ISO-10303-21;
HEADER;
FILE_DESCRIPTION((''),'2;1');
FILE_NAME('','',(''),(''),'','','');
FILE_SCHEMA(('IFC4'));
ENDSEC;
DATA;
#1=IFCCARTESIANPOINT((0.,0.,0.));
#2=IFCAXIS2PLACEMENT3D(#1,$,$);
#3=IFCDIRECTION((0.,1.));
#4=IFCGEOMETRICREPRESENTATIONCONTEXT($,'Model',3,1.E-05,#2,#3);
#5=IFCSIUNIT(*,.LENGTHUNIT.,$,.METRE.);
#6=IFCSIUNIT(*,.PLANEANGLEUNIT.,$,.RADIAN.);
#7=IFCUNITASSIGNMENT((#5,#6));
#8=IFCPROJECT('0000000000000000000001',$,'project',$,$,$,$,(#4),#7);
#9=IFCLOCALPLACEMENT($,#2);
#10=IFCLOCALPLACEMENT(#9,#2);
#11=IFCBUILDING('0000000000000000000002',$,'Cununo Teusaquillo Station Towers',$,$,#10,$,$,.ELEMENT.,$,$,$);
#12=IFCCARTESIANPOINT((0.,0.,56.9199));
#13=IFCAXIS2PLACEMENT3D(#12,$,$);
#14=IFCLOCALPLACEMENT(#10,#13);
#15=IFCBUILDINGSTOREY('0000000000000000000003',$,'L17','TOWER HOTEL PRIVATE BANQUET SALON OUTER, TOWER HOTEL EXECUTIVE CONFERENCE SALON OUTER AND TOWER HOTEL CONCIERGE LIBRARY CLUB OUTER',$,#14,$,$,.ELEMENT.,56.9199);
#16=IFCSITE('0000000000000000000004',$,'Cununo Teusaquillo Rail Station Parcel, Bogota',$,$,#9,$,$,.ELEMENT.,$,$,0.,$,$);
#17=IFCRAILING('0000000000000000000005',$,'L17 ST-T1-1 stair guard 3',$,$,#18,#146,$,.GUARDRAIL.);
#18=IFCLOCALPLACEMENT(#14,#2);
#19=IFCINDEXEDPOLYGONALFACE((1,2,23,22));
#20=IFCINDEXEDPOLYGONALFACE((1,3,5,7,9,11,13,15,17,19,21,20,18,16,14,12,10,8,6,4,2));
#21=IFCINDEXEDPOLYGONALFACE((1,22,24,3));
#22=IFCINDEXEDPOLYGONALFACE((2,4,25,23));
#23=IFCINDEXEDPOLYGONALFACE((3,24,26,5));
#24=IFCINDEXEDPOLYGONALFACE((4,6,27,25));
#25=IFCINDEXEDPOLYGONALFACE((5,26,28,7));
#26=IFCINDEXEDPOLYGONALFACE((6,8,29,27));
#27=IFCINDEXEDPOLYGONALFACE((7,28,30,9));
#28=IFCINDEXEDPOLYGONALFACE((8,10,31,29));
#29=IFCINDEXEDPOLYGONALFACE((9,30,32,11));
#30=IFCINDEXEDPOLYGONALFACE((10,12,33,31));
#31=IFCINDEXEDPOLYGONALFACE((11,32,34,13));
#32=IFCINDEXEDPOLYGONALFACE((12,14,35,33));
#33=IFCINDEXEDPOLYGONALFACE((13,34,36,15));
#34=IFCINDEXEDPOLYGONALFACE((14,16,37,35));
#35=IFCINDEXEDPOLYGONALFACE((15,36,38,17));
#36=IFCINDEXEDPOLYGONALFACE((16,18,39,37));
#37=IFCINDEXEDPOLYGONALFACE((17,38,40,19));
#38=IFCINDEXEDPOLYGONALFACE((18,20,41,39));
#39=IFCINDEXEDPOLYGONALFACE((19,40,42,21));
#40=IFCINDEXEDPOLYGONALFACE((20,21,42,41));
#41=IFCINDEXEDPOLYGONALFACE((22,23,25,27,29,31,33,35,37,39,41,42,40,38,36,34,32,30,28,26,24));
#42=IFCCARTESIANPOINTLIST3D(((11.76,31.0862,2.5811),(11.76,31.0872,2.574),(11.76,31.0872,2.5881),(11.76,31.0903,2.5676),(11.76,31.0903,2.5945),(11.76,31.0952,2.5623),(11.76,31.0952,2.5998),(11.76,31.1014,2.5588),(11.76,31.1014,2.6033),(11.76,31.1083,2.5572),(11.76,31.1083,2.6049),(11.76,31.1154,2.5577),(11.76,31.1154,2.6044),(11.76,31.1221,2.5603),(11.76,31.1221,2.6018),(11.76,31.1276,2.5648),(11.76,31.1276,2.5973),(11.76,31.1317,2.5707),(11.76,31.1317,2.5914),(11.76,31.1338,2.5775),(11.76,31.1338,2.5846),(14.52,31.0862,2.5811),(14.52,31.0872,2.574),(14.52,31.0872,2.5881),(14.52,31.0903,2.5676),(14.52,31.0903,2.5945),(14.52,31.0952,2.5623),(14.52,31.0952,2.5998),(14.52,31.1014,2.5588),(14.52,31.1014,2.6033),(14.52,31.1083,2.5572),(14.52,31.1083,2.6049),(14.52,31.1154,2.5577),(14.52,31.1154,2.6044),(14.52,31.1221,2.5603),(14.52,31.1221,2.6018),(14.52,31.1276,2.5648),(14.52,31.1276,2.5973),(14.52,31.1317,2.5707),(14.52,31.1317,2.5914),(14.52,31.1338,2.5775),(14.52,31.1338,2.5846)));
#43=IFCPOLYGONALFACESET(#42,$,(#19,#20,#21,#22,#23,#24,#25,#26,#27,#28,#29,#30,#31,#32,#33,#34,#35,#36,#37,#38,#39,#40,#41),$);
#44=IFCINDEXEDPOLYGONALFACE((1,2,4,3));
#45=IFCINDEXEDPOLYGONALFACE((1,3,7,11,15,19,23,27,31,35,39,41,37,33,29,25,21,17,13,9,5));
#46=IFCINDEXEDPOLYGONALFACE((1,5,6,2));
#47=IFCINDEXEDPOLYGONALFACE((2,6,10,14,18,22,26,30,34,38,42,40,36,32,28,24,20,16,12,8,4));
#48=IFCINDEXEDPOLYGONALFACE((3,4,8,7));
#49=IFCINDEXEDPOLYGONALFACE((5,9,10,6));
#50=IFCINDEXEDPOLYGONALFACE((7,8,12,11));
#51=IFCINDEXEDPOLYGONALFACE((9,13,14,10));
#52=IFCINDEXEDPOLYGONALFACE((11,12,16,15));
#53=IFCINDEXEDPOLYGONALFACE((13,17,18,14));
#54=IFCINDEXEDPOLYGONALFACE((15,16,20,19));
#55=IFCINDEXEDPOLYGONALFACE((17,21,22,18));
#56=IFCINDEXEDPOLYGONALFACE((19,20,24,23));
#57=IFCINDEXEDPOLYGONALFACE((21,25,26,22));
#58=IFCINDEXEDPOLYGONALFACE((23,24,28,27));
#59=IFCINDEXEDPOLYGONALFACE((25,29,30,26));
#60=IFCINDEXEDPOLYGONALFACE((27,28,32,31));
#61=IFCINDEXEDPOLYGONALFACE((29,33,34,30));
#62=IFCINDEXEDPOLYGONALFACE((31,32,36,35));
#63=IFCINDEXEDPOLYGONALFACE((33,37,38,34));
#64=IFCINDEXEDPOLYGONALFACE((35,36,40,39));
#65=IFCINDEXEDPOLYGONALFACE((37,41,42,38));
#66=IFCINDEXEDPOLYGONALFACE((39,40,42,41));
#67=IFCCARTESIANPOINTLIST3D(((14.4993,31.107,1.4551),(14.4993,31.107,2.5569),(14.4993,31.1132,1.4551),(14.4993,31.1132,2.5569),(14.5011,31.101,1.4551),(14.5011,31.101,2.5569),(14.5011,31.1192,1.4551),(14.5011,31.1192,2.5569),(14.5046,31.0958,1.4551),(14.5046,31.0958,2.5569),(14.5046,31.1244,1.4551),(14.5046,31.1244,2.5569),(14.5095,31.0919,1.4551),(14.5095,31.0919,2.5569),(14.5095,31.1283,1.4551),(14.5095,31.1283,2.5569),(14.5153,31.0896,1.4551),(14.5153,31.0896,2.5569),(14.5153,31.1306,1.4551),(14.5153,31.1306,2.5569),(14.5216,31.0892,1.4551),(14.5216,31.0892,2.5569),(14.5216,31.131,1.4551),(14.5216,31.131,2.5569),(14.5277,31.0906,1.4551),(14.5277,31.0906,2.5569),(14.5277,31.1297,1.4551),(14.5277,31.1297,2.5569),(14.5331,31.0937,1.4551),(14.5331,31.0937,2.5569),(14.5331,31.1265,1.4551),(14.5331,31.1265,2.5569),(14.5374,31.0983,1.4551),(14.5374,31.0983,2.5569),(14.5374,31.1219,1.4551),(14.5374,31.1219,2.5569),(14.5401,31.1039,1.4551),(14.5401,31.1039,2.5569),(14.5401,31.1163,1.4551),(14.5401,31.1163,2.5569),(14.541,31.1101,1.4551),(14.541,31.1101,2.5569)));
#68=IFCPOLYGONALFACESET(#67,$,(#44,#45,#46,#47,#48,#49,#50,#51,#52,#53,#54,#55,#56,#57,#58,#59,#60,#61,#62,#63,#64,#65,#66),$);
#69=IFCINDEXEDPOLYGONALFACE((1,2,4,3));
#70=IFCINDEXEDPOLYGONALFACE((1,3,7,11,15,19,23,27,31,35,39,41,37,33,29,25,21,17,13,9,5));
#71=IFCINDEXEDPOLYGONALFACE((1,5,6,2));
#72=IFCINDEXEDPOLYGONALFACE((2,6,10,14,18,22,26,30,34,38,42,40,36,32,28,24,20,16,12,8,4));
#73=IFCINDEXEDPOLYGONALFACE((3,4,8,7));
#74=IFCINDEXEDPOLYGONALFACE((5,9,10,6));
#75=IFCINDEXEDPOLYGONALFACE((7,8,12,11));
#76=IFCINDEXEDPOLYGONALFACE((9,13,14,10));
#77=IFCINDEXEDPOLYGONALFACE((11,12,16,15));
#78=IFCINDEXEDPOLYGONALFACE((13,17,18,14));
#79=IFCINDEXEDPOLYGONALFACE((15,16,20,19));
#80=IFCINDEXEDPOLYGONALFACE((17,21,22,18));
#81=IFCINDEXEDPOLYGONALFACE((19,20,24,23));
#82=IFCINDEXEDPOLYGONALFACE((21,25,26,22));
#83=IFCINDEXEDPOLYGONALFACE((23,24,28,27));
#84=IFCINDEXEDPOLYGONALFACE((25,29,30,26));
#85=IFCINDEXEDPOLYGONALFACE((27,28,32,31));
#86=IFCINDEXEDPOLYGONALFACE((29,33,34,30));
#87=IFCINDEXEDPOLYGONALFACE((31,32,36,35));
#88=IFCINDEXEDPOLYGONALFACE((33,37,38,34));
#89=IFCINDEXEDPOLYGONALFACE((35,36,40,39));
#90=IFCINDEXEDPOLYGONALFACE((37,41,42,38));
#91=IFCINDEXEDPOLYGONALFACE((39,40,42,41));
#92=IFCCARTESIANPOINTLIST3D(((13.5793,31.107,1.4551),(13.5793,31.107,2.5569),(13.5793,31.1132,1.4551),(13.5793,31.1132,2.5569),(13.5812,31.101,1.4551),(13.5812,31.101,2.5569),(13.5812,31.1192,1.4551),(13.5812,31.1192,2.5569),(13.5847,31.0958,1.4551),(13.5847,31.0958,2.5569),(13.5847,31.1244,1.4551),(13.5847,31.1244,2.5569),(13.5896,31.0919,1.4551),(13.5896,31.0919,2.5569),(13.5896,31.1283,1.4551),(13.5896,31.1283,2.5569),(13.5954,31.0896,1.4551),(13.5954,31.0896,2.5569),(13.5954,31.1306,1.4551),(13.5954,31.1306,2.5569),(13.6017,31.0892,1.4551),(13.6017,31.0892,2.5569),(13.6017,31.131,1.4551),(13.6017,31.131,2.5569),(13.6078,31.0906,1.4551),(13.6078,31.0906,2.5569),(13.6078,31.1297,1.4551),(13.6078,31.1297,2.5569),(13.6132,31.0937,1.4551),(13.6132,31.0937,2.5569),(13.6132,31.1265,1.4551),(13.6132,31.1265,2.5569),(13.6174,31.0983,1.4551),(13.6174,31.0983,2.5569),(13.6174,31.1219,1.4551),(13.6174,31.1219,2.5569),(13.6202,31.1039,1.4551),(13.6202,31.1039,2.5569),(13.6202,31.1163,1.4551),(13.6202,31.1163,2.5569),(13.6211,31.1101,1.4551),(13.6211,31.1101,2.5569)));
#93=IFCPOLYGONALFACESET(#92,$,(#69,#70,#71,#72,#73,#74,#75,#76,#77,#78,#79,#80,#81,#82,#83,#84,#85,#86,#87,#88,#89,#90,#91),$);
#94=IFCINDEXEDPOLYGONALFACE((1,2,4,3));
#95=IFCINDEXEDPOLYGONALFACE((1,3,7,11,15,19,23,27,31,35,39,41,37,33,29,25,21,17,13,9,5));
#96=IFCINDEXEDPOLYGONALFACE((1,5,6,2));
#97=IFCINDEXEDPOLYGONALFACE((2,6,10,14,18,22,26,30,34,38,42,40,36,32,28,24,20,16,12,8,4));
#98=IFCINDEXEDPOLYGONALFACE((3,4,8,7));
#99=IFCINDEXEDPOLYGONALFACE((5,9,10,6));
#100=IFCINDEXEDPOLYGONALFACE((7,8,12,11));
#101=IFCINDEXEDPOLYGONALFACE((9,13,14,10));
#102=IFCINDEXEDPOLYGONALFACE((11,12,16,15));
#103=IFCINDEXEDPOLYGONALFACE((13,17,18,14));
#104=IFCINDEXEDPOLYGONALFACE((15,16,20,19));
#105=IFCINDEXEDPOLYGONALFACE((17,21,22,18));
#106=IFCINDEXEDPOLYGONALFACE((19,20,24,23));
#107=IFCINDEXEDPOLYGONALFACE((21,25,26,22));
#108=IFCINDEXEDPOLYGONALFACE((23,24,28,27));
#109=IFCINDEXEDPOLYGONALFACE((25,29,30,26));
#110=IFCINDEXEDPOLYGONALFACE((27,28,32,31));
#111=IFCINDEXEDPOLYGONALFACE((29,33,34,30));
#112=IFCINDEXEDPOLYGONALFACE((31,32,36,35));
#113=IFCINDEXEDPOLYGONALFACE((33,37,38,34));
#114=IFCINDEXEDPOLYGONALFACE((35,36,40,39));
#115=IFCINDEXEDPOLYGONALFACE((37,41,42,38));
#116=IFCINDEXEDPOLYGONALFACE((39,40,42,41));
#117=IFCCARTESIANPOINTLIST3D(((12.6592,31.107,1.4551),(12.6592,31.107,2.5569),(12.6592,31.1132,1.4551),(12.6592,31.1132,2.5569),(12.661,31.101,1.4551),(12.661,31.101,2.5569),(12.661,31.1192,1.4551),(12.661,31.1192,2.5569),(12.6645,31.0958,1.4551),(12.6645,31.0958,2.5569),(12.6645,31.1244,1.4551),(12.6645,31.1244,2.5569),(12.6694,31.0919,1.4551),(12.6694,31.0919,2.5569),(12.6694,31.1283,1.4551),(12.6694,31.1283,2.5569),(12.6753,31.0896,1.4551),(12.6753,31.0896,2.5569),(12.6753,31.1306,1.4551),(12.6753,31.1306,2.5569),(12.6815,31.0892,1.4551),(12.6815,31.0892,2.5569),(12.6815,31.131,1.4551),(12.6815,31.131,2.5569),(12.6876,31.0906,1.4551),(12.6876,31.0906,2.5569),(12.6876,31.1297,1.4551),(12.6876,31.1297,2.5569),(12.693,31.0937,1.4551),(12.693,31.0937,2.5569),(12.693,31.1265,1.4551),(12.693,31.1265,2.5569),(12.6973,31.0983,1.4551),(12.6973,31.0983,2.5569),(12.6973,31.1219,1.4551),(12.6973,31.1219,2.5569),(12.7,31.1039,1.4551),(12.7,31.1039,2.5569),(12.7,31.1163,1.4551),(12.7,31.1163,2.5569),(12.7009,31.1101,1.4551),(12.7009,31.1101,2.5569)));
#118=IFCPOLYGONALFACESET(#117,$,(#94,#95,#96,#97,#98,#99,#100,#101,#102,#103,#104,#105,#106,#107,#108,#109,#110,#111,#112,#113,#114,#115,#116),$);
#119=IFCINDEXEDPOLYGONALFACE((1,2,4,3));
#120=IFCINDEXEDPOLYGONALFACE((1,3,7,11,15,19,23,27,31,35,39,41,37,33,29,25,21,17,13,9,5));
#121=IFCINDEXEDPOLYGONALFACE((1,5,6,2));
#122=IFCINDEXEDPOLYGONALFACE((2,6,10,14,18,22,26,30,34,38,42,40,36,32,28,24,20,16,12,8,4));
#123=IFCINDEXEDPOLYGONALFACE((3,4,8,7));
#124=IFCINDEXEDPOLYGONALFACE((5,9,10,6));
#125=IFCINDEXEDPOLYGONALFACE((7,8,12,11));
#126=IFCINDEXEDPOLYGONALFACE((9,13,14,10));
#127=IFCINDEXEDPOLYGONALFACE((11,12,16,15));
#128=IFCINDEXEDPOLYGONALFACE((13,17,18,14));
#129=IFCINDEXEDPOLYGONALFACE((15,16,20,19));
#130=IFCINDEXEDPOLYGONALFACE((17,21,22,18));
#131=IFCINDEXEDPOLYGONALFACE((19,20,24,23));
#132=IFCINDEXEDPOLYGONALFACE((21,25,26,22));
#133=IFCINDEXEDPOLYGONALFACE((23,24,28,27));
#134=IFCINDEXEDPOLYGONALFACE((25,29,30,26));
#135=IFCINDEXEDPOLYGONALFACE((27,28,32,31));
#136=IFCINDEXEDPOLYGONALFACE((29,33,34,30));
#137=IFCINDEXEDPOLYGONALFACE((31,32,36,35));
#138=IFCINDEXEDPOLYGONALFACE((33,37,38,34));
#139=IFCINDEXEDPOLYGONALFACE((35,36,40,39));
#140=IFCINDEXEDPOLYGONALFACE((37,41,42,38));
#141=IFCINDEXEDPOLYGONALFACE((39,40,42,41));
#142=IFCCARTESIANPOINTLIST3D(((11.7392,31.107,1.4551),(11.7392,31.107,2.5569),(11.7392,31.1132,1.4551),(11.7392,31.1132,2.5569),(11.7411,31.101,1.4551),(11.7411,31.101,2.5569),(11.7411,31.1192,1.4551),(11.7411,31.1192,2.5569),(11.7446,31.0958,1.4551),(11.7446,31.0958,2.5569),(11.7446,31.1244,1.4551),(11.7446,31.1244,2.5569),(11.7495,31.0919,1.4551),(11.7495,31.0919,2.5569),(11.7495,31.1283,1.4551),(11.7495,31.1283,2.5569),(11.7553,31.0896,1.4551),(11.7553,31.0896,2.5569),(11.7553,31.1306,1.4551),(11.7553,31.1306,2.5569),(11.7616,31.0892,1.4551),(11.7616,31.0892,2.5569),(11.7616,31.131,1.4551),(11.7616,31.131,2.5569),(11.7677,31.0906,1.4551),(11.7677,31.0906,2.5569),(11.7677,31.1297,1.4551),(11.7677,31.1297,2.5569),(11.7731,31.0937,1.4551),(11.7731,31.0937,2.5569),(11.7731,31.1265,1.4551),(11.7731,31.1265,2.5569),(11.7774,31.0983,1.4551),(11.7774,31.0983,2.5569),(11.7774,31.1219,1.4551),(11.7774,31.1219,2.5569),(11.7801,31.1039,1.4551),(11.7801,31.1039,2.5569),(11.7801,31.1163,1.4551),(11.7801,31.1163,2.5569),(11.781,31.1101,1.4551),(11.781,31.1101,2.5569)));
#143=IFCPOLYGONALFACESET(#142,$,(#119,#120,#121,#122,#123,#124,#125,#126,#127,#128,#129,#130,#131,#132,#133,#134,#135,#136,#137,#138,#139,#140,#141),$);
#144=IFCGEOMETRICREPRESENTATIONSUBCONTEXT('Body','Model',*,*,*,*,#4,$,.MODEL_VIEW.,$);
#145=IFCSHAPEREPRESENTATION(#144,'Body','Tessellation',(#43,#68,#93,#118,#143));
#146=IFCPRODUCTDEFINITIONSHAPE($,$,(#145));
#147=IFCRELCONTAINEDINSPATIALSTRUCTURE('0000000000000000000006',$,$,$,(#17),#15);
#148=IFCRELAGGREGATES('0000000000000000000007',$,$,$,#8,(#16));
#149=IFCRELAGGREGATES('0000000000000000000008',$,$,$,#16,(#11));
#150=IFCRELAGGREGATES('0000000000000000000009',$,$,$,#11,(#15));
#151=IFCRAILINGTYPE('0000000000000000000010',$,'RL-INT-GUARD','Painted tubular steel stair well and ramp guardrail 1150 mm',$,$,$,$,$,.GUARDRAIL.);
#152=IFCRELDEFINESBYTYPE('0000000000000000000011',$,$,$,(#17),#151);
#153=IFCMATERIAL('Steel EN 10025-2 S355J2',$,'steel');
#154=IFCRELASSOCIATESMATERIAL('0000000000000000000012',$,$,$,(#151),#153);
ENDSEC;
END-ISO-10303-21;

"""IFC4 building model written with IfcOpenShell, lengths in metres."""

from ifc_helpers import new_model, si_unit, direction, frame, origin, origin_2d, place, context, subcontext, project, spatial, circle, extrude, material, type_object, element, save


model = new_model("IFC4")

# Units and contexts
model_context = context("Model", 3, precision=1e-05, world=origin(), true_north=direction((0.0, 1.0)))
body_context = subcontext(model_context, "Body", "Model", "MODEL_VIEW")
ifc_project = project(units=[si_unit("LENGTHUNIT", "METRE"), si_unit("PLANEANGLEUNIT", "RADIAN")], contexts=[model_context])

# Site, building, storey
site_placement = place(None, origin())
site = spatial("IfcSite", under=ifc_project, at=site_placement, Name="Cununo Teusaquillo Rail Station Parcel, Bogota", CompositionType="ELEMENT", RefElevation=0.0)
building_placement = place(site_placement, origin())
building = spatial("IfcBuilding", under=site, at=building_placement, Name="Cununo Teusaquillo Station Towers", CompositionType="ELEMENT")
storey_placement = place(building_placement, frame((0.0, 0.0, 56.9199)))
storey = spatial("IfcBuildingStorey", under=building, at=storey_placement, Name="L17", Description="TOWER HOTEL PRIVATE BANQUET SALON OUTER, TOWER HOTEL EXECUTIVE CONFERENCE SALON OUTER AND TOWER HOTEL CONCIERGE LIBRARY CLUB OUTER", CompositionType="ELEMENT", Elevation=56.9199)

# Railing
ifc_material_1 = material(Name="Steel EN 10025-2 S355J2", Category="steel")
railing_type_1 = type_object("IfcRailingType", Name="RL-INT-GUARD", Description="Painted tubular steel stair well and ramp guardrail 1150 mm", PredefinedType="GUARDRAIL", material=ifc_material_1)
railing_1_placement = place(storey_placement, frame((14.52, 31.1101, 1.4551)))
element("IfcRailing", 1, at=railing_1_placement, inside=storey, type_object=railing_type_1, Name="L17 ST-T1-1 stair guard 3", PredefinedType="GUARDRAIL", context=body_context, shape_type="SweptSolid", body=[
    extrude(circle(Radius=0.0239, at=origin_2d()), frame((0.0, 0.0, 1.126), z_axis=(-1.0, 0.0, 0.0), x_axis=(0.0, -1.0, 0.0)), (0.0, 0.0, 1.0), 2.76),
    extrude(circle(Radius=0.021, at=origin_2d()), origin(), (0.0, 0.0, 1.0), 1.1018),
    extrude(circle(Radius=0.021, at=origin_2d()), frame((-0.9199, 0.0, 0.0)), (0.0, 0.0, 1.0), 1.1018),
    extrude(circle(Radius=0.021, at=origin_2d()), frame((-1.8401, 0.0, 0.0)), (0.0, 0.0, 1.0), 1.1018),
    extrude(circle(Radius=0.021, at=origin_2d()), frame((-2.76, 0.0, 0.0)), (0.0, 0.0, 1.0), 1.1018),
])

save(model, "model.ifc")
